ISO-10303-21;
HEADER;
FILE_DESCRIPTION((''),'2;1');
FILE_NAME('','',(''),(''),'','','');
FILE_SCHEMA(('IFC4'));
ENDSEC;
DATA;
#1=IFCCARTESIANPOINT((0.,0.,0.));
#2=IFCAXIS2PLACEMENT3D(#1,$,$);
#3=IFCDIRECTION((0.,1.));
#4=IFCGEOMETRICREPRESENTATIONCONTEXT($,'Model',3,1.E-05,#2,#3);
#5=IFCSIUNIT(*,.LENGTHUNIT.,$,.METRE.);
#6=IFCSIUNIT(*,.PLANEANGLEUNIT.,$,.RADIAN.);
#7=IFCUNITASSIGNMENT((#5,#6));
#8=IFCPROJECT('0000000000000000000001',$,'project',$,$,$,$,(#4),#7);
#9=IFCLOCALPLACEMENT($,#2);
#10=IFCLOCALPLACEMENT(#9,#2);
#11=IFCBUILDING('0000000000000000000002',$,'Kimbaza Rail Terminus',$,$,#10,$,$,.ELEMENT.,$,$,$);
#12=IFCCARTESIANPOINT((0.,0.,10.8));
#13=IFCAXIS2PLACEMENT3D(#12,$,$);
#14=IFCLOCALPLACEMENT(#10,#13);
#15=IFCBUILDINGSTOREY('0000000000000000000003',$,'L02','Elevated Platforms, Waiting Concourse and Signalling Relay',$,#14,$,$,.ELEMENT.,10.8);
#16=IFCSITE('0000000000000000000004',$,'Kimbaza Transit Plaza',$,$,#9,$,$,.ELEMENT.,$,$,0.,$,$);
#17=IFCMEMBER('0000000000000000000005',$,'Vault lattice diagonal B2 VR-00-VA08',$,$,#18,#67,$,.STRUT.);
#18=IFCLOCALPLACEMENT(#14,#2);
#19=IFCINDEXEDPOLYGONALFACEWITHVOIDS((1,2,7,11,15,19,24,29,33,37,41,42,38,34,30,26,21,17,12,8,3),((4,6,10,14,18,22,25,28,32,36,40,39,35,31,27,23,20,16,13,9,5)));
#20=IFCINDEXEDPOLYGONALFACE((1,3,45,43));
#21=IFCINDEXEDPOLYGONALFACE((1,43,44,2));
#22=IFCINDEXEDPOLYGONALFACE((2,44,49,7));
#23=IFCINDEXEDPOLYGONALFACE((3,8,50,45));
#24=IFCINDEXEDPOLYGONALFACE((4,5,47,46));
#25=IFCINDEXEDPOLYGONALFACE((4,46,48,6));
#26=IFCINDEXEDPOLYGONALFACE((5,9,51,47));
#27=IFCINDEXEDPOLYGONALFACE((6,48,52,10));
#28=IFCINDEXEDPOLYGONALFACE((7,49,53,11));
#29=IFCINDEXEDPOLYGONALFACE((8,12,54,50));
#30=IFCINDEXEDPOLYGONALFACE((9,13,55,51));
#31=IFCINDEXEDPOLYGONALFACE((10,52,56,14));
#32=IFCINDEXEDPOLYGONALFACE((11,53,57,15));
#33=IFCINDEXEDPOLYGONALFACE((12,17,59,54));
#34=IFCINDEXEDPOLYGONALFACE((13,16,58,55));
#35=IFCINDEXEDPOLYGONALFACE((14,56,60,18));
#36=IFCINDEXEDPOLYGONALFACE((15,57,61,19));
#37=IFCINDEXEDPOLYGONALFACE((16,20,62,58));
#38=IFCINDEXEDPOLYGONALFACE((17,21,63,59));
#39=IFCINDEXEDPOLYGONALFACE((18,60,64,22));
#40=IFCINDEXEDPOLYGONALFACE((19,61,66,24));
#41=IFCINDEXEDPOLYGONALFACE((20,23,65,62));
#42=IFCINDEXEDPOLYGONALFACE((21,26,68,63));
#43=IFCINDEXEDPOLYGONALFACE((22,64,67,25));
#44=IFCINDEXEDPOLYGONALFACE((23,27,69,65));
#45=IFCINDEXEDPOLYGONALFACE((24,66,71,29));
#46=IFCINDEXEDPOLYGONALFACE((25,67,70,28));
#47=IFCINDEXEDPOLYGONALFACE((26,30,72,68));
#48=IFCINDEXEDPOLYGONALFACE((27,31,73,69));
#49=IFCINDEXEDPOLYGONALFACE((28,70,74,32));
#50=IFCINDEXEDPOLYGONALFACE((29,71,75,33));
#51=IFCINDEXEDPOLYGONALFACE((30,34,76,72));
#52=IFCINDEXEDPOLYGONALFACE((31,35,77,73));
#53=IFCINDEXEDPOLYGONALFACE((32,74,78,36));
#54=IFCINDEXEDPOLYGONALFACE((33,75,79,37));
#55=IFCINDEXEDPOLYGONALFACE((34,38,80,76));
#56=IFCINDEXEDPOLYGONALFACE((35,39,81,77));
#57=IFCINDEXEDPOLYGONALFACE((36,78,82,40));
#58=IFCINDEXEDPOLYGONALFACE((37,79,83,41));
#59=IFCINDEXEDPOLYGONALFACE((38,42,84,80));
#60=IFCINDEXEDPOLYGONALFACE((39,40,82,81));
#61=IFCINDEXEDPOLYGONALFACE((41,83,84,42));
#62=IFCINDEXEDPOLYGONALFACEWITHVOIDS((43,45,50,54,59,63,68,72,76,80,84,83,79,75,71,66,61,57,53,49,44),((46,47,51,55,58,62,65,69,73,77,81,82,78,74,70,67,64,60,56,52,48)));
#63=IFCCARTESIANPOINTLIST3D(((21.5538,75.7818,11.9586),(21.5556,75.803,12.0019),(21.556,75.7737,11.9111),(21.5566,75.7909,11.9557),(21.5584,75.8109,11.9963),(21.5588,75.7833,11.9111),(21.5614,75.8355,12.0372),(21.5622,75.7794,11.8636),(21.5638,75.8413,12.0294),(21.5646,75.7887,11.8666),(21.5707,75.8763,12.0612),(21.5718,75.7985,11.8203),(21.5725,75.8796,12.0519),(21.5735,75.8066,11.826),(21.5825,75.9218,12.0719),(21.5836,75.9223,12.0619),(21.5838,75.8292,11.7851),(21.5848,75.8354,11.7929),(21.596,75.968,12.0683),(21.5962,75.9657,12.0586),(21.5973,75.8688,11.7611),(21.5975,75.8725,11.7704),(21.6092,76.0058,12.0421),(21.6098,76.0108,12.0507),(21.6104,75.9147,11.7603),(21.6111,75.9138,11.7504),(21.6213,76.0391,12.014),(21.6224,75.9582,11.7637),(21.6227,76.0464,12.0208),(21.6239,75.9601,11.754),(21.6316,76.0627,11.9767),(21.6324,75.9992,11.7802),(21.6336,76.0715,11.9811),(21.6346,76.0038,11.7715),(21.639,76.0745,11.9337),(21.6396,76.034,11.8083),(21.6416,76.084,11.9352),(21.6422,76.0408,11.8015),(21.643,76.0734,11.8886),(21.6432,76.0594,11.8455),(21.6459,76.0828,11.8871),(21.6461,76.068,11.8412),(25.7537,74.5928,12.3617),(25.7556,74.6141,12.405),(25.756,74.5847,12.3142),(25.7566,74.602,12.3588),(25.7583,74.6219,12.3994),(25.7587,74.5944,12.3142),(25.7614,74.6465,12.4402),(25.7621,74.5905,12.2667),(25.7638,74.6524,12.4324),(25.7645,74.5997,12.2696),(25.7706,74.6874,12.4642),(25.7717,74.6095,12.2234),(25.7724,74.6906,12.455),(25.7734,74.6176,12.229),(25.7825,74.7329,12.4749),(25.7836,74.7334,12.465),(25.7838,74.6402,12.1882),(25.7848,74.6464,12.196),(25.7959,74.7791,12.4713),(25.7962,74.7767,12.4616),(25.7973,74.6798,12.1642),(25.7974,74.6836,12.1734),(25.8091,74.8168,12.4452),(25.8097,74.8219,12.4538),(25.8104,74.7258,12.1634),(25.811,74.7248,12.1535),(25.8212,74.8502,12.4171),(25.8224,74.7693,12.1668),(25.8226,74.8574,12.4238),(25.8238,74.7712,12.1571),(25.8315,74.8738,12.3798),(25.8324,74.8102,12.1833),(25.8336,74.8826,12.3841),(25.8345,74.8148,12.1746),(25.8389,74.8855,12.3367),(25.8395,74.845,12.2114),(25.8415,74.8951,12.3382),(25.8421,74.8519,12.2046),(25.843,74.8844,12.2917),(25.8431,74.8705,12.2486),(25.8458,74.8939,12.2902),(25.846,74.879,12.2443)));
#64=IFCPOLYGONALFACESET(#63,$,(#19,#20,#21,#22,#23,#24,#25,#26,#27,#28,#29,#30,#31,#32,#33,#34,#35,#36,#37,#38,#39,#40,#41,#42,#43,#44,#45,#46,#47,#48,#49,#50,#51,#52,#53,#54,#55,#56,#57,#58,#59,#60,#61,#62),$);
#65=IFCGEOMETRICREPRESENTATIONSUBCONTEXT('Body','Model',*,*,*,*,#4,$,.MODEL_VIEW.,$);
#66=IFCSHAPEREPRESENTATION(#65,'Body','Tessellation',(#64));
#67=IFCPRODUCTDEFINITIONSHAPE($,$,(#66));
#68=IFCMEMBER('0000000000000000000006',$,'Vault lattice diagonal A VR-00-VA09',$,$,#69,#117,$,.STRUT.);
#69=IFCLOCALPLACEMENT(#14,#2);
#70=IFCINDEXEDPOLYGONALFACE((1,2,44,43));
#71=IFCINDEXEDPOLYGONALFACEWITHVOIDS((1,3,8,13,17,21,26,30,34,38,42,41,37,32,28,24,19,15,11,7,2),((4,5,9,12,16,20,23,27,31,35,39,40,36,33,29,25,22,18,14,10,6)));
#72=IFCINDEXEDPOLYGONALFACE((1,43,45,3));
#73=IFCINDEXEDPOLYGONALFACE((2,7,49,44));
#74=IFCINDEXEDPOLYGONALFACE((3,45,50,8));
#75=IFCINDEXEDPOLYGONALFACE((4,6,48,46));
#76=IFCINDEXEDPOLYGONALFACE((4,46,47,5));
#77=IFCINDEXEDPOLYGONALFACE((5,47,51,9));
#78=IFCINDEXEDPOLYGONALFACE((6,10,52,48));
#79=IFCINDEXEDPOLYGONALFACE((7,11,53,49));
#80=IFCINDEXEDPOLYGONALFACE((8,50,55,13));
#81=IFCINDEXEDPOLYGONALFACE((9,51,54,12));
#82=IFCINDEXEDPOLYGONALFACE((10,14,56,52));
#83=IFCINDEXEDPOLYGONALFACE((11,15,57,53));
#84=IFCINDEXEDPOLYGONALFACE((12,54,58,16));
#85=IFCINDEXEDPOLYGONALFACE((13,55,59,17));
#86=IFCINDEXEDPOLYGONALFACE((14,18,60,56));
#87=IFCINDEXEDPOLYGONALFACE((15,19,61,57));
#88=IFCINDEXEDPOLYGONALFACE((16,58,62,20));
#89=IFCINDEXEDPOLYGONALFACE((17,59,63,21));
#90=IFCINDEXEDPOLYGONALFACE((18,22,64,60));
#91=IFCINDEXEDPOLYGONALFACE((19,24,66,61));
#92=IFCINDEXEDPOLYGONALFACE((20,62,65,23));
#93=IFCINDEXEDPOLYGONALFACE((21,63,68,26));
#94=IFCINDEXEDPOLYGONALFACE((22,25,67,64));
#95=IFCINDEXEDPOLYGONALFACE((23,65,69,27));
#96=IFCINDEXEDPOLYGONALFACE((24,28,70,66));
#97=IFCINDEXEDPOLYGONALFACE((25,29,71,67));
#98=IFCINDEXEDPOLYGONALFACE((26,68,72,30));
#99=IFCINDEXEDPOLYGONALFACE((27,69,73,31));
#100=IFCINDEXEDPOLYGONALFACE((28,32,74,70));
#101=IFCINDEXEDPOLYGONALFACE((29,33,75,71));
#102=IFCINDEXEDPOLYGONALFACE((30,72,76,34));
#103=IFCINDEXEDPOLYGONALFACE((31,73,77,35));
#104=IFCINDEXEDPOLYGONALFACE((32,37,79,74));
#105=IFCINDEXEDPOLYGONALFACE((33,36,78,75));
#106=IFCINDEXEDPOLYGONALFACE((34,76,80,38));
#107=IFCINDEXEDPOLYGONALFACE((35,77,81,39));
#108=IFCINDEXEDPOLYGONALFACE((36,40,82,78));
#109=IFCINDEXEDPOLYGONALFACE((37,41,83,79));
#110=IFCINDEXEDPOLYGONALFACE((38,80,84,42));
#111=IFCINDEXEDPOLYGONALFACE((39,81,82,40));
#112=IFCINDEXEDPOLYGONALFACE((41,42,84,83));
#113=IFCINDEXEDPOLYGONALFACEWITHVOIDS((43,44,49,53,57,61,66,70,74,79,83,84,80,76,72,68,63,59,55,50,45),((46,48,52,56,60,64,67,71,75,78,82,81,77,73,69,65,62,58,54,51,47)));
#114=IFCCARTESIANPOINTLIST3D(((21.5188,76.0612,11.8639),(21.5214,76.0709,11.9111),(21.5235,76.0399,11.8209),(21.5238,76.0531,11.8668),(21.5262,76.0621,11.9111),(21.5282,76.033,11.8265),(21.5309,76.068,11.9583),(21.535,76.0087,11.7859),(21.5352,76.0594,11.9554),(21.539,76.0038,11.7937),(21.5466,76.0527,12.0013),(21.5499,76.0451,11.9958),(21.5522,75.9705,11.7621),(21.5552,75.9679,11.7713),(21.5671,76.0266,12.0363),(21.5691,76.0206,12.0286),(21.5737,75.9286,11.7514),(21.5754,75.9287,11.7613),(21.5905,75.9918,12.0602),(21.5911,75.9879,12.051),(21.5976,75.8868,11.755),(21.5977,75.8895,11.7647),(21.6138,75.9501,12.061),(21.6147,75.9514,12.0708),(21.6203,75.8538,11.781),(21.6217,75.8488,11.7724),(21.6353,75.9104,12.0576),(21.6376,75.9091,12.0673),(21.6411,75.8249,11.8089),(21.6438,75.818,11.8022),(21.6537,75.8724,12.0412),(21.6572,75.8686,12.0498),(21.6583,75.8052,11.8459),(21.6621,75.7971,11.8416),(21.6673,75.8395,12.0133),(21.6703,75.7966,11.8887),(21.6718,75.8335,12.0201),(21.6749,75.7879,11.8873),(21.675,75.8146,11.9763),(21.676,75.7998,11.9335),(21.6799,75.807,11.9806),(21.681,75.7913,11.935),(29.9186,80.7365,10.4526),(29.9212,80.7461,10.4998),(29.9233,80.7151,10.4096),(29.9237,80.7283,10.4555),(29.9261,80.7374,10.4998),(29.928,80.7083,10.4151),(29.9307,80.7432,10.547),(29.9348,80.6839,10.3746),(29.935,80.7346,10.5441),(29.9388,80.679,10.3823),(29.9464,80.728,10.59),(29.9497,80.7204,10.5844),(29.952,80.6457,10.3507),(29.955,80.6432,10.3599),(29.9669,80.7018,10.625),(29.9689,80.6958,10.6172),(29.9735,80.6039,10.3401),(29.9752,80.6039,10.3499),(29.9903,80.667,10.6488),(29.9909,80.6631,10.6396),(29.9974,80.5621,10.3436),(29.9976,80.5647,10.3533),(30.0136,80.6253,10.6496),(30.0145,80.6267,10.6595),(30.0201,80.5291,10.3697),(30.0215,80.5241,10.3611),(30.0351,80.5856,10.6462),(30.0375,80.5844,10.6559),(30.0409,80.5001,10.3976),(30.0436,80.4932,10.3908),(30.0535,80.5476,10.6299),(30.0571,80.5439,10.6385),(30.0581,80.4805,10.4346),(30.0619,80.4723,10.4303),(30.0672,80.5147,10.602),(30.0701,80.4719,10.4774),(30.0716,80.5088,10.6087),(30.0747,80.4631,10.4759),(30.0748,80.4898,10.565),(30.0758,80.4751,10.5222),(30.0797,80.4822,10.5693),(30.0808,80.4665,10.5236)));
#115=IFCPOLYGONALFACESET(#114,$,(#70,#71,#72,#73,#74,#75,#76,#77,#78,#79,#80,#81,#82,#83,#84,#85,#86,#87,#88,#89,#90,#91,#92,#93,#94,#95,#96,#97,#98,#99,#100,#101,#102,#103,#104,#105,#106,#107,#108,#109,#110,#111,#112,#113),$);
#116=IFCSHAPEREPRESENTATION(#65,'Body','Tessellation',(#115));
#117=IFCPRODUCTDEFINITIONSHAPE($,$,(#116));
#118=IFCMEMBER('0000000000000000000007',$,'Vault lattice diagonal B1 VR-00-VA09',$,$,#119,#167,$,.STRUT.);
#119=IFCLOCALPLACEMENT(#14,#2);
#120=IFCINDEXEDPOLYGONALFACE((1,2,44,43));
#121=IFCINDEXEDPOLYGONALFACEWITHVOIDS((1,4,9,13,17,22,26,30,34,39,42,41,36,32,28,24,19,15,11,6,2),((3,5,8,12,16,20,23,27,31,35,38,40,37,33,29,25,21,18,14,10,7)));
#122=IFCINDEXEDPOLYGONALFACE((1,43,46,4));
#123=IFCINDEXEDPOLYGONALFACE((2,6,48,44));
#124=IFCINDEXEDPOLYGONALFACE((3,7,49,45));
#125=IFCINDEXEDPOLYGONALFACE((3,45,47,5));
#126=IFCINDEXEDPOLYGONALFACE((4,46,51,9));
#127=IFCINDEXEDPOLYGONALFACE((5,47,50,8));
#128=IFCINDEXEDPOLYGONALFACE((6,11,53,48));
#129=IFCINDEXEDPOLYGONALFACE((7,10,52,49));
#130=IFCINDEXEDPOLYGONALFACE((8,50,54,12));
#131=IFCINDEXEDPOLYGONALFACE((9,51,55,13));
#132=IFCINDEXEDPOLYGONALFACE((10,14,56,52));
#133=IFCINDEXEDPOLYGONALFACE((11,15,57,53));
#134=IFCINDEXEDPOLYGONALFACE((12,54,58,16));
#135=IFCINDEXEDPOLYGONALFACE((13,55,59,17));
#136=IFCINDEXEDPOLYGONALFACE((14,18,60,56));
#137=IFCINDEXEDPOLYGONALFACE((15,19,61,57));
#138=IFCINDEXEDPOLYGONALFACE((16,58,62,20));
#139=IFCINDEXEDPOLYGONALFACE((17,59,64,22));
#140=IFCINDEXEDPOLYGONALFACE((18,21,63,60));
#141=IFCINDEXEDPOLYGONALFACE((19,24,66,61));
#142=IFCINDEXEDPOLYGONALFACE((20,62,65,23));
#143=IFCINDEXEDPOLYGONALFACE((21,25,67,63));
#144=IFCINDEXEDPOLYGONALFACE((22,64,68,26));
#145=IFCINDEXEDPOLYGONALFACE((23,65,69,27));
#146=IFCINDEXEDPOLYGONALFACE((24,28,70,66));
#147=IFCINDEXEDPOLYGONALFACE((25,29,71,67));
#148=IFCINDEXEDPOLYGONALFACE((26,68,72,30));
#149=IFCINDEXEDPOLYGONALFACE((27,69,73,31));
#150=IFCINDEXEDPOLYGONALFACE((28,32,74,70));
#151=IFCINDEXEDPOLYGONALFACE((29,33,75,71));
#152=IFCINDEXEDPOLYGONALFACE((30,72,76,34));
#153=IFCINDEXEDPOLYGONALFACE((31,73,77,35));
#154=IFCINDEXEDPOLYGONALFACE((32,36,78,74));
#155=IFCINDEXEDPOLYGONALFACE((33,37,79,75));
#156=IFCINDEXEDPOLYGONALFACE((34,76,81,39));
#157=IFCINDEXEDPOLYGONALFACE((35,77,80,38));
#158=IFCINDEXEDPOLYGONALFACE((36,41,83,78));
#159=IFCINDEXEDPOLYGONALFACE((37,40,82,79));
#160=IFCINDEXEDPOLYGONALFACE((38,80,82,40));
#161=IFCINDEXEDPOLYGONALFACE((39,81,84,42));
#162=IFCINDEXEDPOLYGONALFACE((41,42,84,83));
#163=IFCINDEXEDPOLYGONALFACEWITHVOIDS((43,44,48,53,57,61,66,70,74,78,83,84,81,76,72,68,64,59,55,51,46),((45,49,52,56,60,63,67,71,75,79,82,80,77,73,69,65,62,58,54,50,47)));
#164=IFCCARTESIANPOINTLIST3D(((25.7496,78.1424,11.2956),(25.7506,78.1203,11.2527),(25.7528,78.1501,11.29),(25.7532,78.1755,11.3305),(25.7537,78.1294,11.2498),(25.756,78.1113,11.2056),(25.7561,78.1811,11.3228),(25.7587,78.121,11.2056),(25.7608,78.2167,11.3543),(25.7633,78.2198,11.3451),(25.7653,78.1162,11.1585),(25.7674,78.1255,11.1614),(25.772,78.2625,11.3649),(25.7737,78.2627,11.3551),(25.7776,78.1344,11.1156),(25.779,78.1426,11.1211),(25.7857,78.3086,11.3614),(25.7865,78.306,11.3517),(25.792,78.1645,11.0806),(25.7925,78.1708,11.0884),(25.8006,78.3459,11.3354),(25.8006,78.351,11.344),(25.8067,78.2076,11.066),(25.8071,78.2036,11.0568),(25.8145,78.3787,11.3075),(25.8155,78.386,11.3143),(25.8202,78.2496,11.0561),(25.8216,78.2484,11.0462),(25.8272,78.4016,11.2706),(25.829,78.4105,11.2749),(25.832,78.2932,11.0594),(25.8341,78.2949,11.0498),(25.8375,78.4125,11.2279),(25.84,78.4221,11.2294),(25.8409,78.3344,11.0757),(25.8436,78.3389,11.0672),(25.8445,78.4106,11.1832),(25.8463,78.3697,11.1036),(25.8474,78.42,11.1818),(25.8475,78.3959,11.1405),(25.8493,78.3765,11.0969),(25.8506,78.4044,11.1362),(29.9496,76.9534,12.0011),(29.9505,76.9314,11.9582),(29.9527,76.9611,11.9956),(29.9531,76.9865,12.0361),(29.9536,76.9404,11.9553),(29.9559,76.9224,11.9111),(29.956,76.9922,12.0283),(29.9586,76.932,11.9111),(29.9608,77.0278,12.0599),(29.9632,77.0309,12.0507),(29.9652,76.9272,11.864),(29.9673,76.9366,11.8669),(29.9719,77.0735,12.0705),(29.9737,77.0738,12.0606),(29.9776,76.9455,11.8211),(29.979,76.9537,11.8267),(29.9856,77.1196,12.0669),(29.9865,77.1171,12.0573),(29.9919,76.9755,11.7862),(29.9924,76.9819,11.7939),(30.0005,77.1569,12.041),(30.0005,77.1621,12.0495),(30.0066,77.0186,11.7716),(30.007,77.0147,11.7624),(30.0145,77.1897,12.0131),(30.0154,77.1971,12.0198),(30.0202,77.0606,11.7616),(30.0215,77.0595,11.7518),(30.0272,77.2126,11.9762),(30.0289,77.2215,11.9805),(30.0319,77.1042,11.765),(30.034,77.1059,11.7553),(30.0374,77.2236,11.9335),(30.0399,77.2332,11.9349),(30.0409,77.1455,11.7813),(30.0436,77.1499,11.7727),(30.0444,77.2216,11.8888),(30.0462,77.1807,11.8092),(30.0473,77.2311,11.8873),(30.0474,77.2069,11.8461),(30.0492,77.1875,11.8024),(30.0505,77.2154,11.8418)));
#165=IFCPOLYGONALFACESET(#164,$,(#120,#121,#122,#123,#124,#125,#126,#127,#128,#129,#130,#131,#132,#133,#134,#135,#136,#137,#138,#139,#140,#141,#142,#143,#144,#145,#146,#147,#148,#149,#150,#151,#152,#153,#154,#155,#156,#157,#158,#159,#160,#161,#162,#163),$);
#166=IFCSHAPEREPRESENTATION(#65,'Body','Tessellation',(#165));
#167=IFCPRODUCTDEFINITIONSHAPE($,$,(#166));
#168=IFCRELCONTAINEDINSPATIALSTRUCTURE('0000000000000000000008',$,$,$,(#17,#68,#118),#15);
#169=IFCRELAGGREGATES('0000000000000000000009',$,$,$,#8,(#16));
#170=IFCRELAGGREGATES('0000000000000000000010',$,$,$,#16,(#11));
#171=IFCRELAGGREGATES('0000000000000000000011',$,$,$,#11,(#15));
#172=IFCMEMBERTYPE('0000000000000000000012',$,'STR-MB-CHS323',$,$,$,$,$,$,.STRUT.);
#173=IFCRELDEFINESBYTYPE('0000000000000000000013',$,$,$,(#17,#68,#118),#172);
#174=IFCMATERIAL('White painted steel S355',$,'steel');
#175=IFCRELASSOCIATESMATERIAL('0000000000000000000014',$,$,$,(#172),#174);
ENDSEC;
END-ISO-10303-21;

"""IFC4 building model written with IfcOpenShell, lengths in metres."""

from ifc_helpers import new_model, si_unit, direction, frame, origin, origin_2d, place, context, subcontext, project, spatial, hollow_circle, extrude, material, material_profile, profile_set, type_object, element, save


model = new_model("IFC4")

# Units and contexts
model_context = context("Model", 3, precision=1e-05, world=origin(), true_north=direction((0.0, 1.0)))
body_context = subcontext(model_context, "Body", "Model", "MODEL_VIEW")
ifc_project = project(units=[si_unit("LENGTHUNIT", "METRE"), si_unit("PLANEANGLEUNIT", "RADIAN")], contexts=[model_context])

# Site, building, storey
site_placement = place(None, origin())
site = spatial("IfcSite", under=ifc_project, at=site_placement, Name="Kimbaza Transit Plaza", CompositionType="ELEMENT", RefElevation=0.0)
building_placement = place(site_placement, origin())
building = spatial("IfcBuilding", under=site, at=building_placement, Name="Kimbaza Rail Terminus", CompositionType="ELEMENT")
storey_placement = place(building_placement, frame((0.0, 0.0, 10.8)))
storey = spatial("IfcBuildingStorey", under=building, at=storey_placement, Name="L02", Description="Elevated Platforms, Waiting Concourse and Signalling Relay", CompositionType="ELEMENT", Elevation=10.8)

# Members
ifc_material_1 = material(Name="White painted steel S355", Category="steel")
ifc_material_profile_1 = material_profile(ifc_material_1, hollow_circle(Radius=0.1619, WallThickness=0.01, at=origin_2d()), Name="CHS 323.9x10")
ifc_profile_set_1 = profile_set([ifc_material_profile_1], Name="White painted steel S355")
member_type_1 = type_object("IfcMemberType", Name="STR-MB-CHS323", PredefinedType="STRUT", material=ifc_profile_set_1)
for number, where, z_axis, x_axis, name in (
    (1, (25.8, 74.7405, 12.3142), (-0.958112, 0.271232, -0.091952), (-0.272386, -0.962188, 0.0), "Vault lattice diagonal B2 VR-00-VA08"),
):
    element("IfcMember", number, at=place(storey_placement, frame(where, z_axis=z_axis, x_axis=x_axis)), inside=storey, type_object=member_type_1, Name=name, PredefinedType="STRUT", context=body_context, shape_type="SweptSolid", body=[
        extrude(hollow_circle(Radius=0.1619, WallThickness=0.01, at=origin_2d()), origin(), (0.0, 0.0, 1.0), 4.3835),
    ])
member_1_placement = place(storey_placement, frame((21.6001, 75.9294, 11.9111), z_axis=(0.864506, 0.481175, -0.145257), x_axis=(-0.486333, 0.873774, 0.0)))
element("IfcMember", 2, at=member_1_placement, inside=storey, type_object=member_type_1, Name="Vault lattice diagonal A VR-00-VA09", PredefinedType="STRUT", context=body_context, shape_type="SweptSolid", body=[
    extrude(hollow_circle(Radius=0.1619, WallThickness=0.01, at=origin_2d()), origin(), (0.0, 0.0, 1.0), 9.7163),
])
for number, where, z_axis, x_axis, name in (
    (3, (30.0, 77.0781, 11.9111), (-0.949859, 0.268896, -0.159571), (-0.272386, -0.962188, 0.0), "Vault lattice diagonal B1 VR-00-VA09"),
):
    element("IfcMember", number, at=place(storey_placement, frame(where, z_axis=z_axis, x_axis=x_axis)), inside=storey, type_object=member_type_1, Name=name, PredefinedType="STRUT", context=body_context, shape_type="SweptSolid", body=[
        extrude(hollow_circle(Radius=0.1619, WallThickness=0.01, at=origin_2d()), origin(), (0.0, 0.0, 1.0), 4.4216),
    ])

save(model, "model.ifc")
